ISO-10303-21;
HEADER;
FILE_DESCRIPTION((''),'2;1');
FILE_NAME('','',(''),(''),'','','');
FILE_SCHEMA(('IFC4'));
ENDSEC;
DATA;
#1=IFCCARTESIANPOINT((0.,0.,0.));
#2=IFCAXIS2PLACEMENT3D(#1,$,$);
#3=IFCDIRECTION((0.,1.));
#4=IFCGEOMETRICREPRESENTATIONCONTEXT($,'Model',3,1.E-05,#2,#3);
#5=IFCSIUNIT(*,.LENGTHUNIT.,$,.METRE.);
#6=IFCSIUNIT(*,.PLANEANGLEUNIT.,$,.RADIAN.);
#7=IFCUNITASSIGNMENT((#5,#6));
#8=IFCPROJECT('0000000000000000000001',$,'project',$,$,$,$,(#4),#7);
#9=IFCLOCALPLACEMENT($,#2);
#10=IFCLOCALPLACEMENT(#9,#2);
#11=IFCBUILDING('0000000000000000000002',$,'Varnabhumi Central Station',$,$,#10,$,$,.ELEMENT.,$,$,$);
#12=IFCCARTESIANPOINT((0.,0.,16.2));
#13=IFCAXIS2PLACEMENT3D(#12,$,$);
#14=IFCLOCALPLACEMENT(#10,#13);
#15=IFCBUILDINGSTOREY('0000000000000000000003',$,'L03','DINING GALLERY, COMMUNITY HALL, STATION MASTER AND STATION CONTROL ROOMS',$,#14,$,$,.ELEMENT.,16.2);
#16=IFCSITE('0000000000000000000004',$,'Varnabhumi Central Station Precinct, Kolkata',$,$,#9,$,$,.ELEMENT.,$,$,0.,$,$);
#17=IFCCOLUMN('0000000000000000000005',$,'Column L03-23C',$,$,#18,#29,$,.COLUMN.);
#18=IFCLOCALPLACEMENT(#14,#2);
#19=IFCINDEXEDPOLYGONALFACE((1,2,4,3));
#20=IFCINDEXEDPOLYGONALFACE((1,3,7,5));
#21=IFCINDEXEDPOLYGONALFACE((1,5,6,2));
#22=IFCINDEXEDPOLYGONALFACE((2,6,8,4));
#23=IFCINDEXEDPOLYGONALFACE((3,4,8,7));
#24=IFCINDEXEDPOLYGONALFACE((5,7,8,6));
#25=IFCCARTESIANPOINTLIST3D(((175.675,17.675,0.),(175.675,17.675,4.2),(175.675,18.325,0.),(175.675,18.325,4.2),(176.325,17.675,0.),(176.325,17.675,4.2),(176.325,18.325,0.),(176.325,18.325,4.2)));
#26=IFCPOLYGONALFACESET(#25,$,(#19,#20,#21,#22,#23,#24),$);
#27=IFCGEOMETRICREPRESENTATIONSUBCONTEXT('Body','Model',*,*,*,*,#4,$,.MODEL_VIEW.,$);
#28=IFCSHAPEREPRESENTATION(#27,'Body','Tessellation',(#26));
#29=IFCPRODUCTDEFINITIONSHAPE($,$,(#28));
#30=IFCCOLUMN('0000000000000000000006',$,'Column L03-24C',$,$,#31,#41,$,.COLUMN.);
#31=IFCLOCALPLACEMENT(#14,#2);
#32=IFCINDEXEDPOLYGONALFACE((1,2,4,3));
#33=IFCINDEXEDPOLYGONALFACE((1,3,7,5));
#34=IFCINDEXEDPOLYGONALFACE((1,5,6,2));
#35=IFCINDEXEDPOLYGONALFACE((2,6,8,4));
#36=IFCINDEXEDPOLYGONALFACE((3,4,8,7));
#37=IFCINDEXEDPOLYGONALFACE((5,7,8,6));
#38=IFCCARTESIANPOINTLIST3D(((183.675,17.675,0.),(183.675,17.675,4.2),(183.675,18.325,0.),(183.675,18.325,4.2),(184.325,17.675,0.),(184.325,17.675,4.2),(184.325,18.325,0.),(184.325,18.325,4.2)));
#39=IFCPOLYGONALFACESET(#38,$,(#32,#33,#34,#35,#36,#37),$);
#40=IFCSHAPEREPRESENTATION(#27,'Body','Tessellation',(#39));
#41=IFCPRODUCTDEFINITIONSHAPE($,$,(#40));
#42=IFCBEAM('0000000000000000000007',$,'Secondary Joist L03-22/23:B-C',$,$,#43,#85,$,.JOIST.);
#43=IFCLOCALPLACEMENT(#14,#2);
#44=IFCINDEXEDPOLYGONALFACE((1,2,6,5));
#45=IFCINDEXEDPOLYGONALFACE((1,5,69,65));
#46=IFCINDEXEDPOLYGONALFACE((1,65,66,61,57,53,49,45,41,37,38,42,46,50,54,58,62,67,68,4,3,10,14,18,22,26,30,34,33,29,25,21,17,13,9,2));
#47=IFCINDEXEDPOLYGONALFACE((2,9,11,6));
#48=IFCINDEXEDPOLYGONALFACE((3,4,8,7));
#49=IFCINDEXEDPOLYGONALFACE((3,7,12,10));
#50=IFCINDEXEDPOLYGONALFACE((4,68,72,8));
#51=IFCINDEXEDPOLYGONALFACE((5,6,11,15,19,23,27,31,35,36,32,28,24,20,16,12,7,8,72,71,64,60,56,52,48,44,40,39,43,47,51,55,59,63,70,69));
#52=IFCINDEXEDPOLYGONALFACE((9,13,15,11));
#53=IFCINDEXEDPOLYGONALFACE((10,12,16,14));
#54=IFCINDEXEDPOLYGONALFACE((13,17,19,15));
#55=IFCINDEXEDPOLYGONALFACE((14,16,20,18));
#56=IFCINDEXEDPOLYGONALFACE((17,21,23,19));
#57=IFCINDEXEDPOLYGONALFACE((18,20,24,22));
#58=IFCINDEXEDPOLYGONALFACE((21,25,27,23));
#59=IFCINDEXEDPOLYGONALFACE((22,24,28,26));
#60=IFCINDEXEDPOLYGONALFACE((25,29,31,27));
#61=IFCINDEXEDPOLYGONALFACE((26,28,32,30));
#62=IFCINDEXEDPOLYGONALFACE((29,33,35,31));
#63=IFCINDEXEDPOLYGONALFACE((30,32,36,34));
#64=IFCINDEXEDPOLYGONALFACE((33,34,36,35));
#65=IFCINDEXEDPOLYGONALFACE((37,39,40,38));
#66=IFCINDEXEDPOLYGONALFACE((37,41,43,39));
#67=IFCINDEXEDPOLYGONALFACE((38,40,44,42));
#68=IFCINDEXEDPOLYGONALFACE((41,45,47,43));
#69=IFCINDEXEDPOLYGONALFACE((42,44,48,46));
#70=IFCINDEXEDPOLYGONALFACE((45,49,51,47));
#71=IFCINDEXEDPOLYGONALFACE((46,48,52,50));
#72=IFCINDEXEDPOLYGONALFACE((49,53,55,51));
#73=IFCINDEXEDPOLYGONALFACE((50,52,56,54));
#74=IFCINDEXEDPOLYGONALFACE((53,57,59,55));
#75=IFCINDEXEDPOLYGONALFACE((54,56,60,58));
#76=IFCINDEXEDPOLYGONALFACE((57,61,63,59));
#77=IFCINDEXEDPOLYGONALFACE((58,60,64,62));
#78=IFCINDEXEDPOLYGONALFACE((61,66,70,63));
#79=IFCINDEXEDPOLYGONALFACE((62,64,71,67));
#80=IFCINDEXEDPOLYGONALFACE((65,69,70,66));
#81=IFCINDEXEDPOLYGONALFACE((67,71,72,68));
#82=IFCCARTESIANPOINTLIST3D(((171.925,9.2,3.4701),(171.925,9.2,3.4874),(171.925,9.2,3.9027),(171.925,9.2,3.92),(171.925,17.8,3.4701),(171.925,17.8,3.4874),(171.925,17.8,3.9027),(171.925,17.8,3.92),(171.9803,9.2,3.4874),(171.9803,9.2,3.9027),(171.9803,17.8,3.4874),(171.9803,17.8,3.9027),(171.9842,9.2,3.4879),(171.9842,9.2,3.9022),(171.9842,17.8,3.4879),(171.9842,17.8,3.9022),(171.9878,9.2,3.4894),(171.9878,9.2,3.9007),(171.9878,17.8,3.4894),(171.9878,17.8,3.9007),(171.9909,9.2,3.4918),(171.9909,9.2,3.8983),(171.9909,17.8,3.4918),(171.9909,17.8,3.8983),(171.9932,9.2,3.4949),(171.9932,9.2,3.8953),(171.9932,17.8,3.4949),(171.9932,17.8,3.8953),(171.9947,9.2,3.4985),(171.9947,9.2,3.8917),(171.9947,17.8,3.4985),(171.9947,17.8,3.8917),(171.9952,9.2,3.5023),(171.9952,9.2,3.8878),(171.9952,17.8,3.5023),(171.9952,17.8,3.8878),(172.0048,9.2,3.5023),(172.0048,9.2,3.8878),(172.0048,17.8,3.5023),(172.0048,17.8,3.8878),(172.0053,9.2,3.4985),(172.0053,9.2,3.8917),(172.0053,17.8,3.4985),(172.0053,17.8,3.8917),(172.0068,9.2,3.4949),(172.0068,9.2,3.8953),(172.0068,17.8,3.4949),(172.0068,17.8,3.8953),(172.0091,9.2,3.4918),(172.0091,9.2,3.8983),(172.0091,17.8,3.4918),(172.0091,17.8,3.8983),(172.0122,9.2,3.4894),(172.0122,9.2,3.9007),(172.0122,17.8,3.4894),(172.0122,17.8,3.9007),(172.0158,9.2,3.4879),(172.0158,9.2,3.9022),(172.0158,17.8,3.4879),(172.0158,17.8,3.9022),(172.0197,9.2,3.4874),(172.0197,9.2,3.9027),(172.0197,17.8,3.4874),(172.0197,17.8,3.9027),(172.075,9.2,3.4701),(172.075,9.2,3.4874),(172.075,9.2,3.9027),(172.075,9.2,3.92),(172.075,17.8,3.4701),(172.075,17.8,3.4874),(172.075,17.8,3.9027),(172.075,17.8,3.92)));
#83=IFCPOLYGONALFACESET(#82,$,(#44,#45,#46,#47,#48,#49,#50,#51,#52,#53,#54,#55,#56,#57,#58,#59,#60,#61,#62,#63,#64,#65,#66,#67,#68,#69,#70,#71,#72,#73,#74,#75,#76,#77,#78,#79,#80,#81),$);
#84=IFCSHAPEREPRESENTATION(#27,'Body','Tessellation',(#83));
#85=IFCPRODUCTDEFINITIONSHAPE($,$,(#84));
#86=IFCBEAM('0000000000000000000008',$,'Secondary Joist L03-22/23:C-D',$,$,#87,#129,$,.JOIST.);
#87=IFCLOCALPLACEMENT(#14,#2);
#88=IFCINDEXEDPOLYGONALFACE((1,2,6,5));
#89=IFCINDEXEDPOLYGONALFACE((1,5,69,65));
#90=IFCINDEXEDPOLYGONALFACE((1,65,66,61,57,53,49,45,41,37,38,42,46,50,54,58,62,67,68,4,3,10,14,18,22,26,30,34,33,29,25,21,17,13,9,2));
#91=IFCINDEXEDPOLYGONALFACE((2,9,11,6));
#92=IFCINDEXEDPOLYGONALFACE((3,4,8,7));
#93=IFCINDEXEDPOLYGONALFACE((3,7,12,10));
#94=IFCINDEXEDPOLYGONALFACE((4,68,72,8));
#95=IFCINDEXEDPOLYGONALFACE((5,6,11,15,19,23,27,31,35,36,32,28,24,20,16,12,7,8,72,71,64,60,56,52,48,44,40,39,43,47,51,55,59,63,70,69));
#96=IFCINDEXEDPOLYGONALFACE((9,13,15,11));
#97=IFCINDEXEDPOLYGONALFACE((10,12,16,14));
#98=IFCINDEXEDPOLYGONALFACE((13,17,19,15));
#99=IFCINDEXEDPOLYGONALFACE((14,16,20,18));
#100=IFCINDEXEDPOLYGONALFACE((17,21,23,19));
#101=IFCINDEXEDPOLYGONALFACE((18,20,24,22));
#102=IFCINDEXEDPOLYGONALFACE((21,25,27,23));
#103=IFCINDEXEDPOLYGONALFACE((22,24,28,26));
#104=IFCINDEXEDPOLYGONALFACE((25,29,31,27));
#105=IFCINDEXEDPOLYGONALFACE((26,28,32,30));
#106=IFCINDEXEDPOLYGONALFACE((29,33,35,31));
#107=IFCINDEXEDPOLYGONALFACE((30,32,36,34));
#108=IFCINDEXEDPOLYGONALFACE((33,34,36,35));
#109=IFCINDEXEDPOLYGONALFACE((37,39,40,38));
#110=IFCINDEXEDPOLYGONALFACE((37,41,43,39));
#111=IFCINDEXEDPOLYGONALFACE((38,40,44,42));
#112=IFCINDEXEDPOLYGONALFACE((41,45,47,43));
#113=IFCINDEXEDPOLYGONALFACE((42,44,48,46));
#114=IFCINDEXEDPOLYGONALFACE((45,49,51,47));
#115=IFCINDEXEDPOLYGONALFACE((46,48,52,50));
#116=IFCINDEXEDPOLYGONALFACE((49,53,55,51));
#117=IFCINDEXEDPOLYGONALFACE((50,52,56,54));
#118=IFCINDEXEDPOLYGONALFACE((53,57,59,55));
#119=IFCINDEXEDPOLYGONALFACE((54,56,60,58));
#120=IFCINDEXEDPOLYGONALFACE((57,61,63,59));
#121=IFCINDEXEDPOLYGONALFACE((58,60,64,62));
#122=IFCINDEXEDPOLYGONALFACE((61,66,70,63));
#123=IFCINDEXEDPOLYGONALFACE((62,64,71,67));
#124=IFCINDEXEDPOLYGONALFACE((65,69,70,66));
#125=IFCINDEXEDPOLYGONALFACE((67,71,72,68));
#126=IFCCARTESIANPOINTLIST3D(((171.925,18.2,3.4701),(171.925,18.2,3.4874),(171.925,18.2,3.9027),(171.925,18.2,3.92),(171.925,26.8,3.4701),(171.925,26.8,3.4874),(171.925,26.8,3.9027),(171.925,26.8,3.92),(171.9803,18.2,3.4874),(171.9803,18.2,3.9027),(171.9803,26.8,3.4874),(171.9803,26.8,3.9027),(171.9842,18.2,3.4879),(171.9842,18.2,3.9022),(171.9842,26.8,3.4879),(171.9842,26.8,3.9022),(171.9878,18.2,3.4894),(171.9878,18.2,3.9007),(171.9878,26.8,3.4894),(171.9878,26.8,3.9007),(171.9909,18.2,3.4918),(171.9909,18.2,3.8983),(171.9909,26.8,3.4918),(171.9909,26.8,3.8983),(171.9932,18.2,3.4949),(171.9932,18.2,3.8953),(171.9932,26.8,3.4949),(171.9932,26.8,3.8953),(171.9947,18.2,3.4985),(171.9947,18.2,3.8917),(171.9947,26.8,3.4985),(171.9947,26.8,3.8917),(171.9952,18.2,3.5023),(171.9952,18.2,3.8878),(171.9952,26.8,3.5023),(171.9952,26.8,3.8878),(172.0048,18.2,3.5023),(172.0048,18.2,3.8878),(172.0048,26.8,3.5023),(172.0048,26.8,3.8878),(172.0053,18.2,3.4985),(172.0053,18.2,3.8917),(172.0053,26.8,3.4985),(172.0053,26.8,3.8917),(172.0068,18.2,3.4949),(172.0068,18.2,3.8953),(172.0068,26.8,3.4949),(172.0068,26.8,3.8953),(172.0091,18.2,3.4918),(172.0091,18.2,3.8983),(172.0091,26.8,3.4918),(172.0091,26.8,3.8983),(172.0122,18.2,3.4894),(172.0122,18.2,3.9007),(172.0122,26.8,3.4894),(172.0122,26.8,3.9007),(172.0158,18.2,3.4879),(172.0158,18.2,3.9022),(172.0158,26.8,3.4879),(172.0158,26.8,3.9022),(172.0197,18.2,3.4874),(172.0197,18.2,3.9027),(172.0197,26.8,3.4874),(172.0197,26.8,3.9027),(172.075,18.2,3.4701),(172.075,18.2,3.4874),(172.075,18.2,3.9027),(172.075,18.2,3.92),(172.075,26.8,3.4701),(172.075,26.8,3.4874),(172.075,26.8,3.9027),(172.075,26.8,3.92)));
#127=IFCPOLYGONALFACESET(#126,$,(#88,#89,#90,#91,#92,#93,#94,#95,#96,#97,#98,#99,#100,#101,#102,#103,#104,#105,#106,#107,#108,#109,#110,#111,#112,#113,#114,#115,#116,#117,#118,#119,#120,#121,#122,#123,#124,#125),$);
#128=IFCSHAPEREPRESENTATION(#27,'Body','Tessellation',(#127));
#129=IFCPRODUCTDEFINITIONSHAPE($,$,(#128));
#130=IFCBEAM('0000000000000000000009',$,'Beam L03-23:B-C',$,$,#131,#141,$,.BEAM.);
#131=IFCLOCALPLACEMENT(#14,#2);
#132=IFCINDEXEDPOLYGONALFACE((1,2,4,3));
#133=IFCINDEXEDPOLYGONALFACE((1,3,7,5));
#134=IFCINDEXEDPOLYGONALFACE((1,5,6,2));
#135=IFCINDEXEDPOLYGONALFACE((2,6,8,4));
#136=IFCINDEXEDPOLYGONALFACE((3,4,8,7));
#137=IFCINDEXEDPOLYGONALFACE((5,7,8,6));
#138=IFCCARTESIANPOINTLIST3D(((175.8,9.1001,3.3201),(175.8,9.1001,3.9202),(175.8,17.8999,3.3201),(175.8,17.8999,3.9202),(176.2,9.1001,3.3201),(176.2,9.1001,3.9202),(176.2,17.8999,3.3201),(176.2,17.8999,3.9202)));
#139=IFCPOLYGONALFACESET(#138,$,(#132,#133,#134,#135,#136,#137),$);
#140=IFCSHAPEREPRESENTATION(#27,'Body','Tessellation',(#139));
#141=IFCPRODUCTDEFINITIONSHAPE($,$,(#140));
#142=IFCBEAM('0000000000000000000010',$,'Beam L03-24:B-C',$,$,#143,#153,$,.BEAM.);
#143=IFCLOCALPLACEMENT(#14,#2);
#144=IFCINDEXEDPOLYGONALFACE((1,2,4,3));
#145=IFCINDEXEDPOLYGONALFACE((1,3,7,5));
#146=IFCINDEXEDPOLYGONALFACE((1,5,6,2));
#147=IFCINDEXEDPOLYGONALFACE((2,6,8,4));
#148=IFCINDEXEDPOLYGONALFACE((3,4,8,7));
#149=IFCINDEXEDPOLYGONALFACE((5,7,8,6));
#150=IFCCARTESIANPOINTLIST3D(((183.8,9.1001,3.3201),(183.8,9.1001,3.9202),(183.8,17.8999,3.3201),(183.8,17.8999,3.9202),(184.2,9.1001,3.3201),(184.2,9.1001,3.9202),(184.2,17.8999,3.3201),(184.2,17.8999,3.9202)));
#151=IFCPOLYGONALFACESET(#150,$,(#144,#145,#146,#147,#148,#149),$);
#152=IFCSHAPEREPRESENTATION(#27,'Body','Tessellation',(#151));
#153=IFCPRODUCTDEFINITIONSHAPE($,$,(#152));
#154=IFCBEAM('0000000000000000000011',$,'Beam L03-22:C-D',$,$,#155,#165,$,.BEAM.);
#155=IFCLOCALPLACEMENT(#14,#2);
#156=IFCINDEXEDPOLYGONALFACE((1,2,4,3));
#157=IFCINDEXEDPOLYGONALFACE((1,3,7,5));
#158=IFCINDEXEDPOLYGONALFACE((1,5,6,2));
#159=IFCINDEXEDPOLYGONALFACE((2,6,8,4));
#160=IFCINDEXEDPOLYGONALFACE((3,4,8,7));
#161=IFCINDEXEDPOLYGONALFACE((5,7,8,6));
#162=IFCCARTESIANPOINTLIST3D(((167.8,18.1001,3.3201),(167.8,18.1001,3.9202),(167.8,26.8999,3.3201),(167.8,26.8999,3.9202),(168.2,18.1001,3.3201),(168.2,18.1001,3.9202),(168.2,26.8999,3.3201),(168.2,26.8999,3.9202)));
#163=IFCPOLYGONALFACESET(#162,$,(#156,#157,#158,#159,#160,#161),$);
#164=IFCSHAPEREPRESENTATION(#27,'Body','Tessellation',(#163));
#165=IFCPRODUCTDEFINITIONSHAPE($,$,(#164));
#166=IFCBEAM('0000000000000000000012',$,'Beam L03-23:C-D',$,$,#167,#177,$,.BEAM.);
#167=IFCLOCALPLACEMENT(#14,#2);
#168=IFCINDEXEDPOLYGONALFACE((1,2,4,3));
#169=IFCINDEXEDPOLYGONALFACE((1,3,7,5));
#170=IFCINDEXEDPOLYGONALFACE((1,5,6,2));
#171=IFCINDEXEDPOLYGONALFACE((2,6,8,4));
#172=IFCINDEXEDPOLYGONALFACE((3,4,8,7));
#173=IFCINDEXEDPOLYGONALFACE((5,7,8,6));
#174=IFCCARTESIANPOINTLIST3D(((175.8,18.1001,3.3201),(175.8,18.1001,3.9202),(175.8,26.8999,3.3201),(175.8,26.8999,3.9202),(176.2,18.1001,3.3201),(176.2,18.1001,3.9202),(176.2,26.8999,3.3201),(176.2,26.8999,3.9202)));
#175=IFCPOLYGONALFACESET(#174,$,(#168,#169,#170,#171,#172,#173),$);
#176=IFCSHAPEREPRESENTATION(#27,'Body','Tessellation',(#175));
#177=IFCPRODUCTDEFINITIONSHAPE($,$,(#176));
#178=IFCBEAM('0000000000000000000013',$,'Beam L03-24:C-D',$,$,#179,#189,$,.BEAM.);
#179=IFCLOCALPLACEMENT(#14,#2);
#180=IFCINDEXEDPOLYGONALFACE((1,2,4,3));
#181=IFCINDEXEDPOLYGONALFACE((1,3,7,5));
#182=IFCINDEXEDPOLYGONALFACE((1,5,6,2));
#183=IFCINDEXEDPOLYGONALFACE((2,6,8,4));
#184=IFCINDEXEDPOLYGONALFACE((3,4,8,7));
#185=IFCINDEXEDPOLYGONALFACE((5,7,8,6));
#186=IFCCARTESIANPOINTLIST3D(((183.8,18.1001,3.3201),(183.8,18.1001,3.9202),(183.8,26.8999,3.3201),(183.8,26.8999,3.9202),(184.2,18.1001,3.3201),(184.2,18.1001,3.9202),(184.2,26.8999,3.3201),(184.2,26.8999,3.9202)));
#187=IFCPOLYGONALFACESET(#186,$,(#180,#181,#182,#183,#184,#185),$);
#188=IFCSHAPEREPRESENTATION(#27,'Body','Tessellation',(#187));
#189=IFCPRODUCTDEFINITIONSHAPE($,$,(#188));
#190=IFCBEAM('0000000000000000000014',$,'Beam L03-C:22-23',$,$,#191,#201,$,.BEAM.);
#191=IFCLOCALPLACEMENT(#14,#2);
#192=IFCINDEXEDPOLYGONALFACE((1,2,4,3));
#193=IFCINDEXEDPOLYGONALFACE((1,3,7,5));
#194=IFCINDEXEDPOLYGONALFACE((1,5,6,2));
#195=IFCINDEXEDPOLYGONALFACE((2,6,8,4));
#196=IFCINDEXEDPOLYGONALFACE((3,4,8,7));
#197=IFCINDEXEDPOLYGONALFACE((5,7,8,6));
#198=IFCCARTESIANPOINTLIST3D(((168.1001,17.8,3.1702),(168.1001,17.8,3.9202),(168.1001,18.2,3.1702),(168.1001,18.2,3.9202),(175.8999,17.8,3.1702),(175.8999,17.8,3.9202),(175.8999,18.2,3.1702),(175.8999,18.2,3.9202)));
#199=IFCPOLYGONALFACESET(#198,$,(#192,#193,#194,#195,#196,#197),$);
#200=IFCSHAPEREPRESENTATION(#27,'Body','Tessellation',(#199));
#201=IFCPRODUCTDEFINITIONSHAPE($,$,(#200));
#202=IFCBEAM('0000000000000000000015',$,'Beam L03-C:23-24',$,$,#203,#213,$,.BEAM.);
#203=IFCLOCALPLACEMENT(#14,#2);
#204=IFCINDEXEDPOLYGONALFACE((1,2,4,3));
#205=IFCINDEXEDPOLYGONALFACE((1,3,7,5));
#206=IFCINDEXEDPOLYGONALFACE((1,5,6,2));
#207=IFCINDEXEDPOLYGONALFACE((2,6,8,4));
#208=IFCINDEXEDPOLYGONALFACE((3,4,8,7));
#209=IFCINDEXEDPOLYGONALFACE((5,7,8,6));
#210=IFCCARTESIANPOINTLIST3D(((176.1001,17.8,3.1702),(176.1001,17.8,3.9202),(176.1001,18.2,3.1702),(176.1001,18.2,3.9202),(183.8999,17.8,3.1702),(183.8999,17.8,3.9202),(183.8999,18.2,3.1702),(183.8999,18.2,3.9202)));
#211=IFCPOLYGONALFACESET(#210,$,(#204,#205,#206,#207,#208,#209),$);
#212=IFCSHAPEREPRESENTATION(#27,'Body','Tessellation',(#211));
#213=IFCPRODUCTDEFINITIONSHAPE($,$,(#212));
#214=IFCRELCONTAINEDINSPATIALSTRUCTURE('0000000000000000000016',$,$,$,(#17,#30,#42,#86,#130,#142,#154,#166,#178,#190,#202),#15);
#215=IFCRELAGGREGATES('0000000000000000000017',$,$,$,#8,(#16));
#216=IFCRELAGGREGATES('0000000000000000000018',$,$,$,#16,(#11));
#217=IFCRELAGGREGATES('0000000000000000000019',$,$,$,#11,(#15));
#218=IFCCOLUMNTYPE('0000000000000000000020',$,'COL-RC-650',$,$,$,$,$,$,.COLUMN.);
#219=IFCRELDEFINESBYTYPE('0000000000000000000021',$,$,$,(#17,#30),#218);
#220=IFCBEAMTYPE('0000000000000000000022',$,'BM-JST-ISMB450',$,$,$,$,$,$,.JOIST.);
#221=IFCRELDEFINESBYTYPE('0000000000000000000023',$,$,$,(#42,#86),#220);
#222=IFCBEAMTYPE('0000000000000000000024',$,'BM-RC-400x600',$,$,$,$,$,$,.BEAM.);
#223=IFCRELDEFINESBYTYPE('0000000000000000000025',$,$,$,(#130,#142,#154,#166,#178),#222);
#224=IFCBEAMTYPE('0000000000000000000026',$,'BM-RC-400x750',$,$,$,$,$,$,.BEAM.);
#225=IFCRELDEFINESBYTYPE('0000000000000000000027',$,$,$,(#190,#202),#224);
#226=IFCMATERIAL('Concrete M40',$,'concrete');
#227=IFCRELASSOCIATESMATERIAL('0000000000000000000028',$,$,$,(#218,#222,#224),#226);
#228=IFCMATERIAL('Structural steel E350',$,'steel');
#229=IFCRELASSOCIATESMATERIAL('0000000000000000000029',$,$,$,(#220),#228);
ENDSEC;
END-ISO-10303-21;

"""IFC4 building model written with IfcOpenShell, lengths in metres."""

from ifc_helpers import new_model, si_unit, direction, frame, origin, origin_2d, place, context, subcontext, project, spatial, rectangle, i_section, extrude, material, material_profile, profile_set, type_object, element, save


model = new_model("IFC4")

# Units and contexts
model_context = context("Model", 3, precision=1e-05, world=origin(), true_north=direction((0.0, 1.0)))
body_context = subcontext(model_context, "Body", "Model", "MODEL_VIEW")
ifc_project = project(units=[si_unit("LENGTHUNIT", "METRE"), si_unit("PLANEANGLEUNIT", "RADIAN")], contexts=[model_context])

# Site, building, storey
site_placement = place(None, origin())
site = spatial("IfcSite", under=ifc_project, at=site_placement, Name="Varnabhumi Central Station Precinct, Kolkata", CompositionType="ELEMENT", RefElevation=0.0)
building_placement = place(site_placement, origin())
building = spatial("IfcBuilding", under=site, at=building_placement, Name="Varnabhumi Central Station", CompositionType="ELEMENT")
storey_placement = place(building_placement, frame((0.0, 0.0, 16.2)))
storey = spatial("IfcBuildingStorey", under=building, at=storey_placement, Name="L03", Description="DINING GALLERY, COMMUNITY HALL, STATION MASTER AND STATION CONTROL ROOMS", CompositionType="ELEMENT", Elevation=16.2)

# Columns
ifc_material_1 = material(Name="Concrete M40", Category="concrete")
ifc_material_profile_1 = material_profile(ifc_material_1, rectangle(XDim=0.6499, YDim=0.6499, at=origin_2d()), Name="Concrete M40", Category="concrete")
ifc_profile_set_1 = profile_set([ifc_material_profile_1], Name="Concrete M40")
column_type = type_object("IfcColumnType", Name="COL-RC-650", PredefinedType="COLUMN", material=ifc_profile_set_1)
for number, where, z_axis, x_axis, name in (
    (1, (176.0, 18.0, 0.0), (0.0, 0.0, 1.0), (1.0, 0.0, 0.0), "Column L03-23C"),
    (2, (184.0, 18.0, 0.0), (0.0, 0.0, 1.0), (1.0, 0.0, 0.0), "Column L03-24C"),
):
    element("IfcColumn", number, at=place(storey_placement, frame(where, z_axis=z_axis, x_axis=x_axis)), inside=storey, type_object=column_type, Name=name, PredefinedType="COLUMN", context=body_context, shape_type="SweptSolid", body=[
        extrude(rectangle(XDim=0.6499, YDim=0.6499, at=origin_2d()), origin(), (0.0, 0.0, 1.0), 4.2),
    ])

# Beams
ifc_material_2 = material(Name="Structural steel E350", Category="steel")
ifc_material_profile_2 = material_profile(ifc_material_2, i_section(OverallWidth=0.1499, OverallDepth=0.45, WebThickness=0.0095, FlangeThickness=0.0173, FilletRadius=0.0149, at=origin_2d()), Name="Structural steel E350", Category="steel")
ifc_profile_set_2 = profile_set([ifc_material_profile_2], Name="Structural steel E350")
beam_type_1 = type_object("IfcBeamType", Name="BM-JST-ISMB450", PredefinedType="JOIST", material=ifc_profile_set_2)
for number, where, z_axis, x_axis, name in (
    (3, (172.0, 9.2, 3.6951), (0.0, 1.0, 0.0), (-1.0, 0.0, 0.0), "Secondary Joist L03-22/23:B-C"),
    (4, (172.0, 18.2, 3.6951), (0.0, 1.0, 0.0), (-1.0, 0.0, 0.0), "Secondary Joist L03-22/23:C-D"),
):
    element("IfcBeam", number, at=place(storey_placement, frame(where, z_axis=z_axis, x_axis=x_axis)), inside=storey, type_object=beam_type_1, Name=name, PredefinedType="JOIST", context=body_context, shape_type="SweptSolid", body=[
        extrude(i_section(OverallWidth=0.1499, OverallDepth=0.45, WebThickness=0.0095, FlangeThickness=0.0173, FilletRadius=0.0149, at=origin_2d()), origin(), (0.0, 0.0, 1.0), 8.6001),
    ])
ifc_material_profile_3 = material_profile(ifc_material_1, rectangle(XDim=0.3999, YDim=0.6001, at=origin_2d()), Name="Concrete M40", Category="concrete")
ifc_profile_set_3 = profile_set([ifc_material_profile_3], Name="Concrete M40")
beam_type_2 = type_object("IfcBeamType", Name="BM-RC-400x600", PredefinedType="BEAM", material=ifc_profile_set_3)
for number, where, z_axis, x_axis, name in (
    (5, (176.0, 9.1001, 3.6201), (0.0, 1.0, 0.0), (-1.0, 0.0, 0.0), "Beam L03-23:B-C"),
    (6, (184.0, 9.1001, 3.6201), (0.0, 1.0, 0.0), (-1.0, 0.0, 0.0), "Beam L03-24:B-C"),
    (7, (168.0, 18.1001, 3.6201), (0.0, 1.0, 0.0), (-1.0, 0.0, 0.0), "Beam L03-22:C-D"),
    (8, (176.0, 18.1001, 3.6201), (0.0, 1.0, 0.0), (-1.0, 0.0, 0.0), "Beam L03-23:C-D"),
    (9, (184.0, 18.1001, 3.6201), (0.0, 1.0, 0.0), (-1.0, 0.0, 0.0), "Beam L03-24:C-D"),
):
    element("IfcBeam", number, at=place(storey_placement, frame(where, z_axis=z_axis, x_axis=x_axis)), inside=storey, type_object=beam_type_2, Name=name, PredefinedType="BEAM", context=body_context, shape_type="SweptSolid", body=[
        extrude(rectangle(XDim=0.3999, YDim=0.6001, at=origin_2d()), origin(), (0.0, 0.0, 1.0), 8.7998),
    ])
ifc_material_profile_4 = material_profile(ifc_material_1, rectangle(XDim=0.3999, YDim=0.75, at=origin_2d()), Name="Concrete M40", Category="concrete")
ifc_profile_set_4 = profile_set([ifc_material_profile_4], Name="Concrete M40")
beam_type_3 = type_object("IfcBeamType", Name="BM-RC-400x750", PredefinedType="BEAM", material=ifc_profile_set_4)
for number, where, z_axis, x_axis, name in (
    (10, (168.1001, 18.0, 3.5452), (1.0, 0.0, 0.0), (0.0, 1.0, 0.0), "Beam L03-C:22-23"),
    (11, (176.1001, 18.0, 3.5452), (1.0, 0.0, 0.0), (0.0, 1.0, 0.0), "Beam L03-C:23-24"),
):
    element("IfcBeam", number, at=place(storey_placement, frame(where, z_axis=z_axis, x_axis=x_axis)), inside=storey, type_object=beam_type_3, Name=name, PredefinedType="BEAM", context=body_context, shape_type="SweptSolid", body=[
        extrude(rectangle(XDim=0.3999, YDim=0.75, at=origin_2d()), origin(), (0.0, 0.0, 1.0), 7.7998),
    ])

save(model, "model.ifc")
